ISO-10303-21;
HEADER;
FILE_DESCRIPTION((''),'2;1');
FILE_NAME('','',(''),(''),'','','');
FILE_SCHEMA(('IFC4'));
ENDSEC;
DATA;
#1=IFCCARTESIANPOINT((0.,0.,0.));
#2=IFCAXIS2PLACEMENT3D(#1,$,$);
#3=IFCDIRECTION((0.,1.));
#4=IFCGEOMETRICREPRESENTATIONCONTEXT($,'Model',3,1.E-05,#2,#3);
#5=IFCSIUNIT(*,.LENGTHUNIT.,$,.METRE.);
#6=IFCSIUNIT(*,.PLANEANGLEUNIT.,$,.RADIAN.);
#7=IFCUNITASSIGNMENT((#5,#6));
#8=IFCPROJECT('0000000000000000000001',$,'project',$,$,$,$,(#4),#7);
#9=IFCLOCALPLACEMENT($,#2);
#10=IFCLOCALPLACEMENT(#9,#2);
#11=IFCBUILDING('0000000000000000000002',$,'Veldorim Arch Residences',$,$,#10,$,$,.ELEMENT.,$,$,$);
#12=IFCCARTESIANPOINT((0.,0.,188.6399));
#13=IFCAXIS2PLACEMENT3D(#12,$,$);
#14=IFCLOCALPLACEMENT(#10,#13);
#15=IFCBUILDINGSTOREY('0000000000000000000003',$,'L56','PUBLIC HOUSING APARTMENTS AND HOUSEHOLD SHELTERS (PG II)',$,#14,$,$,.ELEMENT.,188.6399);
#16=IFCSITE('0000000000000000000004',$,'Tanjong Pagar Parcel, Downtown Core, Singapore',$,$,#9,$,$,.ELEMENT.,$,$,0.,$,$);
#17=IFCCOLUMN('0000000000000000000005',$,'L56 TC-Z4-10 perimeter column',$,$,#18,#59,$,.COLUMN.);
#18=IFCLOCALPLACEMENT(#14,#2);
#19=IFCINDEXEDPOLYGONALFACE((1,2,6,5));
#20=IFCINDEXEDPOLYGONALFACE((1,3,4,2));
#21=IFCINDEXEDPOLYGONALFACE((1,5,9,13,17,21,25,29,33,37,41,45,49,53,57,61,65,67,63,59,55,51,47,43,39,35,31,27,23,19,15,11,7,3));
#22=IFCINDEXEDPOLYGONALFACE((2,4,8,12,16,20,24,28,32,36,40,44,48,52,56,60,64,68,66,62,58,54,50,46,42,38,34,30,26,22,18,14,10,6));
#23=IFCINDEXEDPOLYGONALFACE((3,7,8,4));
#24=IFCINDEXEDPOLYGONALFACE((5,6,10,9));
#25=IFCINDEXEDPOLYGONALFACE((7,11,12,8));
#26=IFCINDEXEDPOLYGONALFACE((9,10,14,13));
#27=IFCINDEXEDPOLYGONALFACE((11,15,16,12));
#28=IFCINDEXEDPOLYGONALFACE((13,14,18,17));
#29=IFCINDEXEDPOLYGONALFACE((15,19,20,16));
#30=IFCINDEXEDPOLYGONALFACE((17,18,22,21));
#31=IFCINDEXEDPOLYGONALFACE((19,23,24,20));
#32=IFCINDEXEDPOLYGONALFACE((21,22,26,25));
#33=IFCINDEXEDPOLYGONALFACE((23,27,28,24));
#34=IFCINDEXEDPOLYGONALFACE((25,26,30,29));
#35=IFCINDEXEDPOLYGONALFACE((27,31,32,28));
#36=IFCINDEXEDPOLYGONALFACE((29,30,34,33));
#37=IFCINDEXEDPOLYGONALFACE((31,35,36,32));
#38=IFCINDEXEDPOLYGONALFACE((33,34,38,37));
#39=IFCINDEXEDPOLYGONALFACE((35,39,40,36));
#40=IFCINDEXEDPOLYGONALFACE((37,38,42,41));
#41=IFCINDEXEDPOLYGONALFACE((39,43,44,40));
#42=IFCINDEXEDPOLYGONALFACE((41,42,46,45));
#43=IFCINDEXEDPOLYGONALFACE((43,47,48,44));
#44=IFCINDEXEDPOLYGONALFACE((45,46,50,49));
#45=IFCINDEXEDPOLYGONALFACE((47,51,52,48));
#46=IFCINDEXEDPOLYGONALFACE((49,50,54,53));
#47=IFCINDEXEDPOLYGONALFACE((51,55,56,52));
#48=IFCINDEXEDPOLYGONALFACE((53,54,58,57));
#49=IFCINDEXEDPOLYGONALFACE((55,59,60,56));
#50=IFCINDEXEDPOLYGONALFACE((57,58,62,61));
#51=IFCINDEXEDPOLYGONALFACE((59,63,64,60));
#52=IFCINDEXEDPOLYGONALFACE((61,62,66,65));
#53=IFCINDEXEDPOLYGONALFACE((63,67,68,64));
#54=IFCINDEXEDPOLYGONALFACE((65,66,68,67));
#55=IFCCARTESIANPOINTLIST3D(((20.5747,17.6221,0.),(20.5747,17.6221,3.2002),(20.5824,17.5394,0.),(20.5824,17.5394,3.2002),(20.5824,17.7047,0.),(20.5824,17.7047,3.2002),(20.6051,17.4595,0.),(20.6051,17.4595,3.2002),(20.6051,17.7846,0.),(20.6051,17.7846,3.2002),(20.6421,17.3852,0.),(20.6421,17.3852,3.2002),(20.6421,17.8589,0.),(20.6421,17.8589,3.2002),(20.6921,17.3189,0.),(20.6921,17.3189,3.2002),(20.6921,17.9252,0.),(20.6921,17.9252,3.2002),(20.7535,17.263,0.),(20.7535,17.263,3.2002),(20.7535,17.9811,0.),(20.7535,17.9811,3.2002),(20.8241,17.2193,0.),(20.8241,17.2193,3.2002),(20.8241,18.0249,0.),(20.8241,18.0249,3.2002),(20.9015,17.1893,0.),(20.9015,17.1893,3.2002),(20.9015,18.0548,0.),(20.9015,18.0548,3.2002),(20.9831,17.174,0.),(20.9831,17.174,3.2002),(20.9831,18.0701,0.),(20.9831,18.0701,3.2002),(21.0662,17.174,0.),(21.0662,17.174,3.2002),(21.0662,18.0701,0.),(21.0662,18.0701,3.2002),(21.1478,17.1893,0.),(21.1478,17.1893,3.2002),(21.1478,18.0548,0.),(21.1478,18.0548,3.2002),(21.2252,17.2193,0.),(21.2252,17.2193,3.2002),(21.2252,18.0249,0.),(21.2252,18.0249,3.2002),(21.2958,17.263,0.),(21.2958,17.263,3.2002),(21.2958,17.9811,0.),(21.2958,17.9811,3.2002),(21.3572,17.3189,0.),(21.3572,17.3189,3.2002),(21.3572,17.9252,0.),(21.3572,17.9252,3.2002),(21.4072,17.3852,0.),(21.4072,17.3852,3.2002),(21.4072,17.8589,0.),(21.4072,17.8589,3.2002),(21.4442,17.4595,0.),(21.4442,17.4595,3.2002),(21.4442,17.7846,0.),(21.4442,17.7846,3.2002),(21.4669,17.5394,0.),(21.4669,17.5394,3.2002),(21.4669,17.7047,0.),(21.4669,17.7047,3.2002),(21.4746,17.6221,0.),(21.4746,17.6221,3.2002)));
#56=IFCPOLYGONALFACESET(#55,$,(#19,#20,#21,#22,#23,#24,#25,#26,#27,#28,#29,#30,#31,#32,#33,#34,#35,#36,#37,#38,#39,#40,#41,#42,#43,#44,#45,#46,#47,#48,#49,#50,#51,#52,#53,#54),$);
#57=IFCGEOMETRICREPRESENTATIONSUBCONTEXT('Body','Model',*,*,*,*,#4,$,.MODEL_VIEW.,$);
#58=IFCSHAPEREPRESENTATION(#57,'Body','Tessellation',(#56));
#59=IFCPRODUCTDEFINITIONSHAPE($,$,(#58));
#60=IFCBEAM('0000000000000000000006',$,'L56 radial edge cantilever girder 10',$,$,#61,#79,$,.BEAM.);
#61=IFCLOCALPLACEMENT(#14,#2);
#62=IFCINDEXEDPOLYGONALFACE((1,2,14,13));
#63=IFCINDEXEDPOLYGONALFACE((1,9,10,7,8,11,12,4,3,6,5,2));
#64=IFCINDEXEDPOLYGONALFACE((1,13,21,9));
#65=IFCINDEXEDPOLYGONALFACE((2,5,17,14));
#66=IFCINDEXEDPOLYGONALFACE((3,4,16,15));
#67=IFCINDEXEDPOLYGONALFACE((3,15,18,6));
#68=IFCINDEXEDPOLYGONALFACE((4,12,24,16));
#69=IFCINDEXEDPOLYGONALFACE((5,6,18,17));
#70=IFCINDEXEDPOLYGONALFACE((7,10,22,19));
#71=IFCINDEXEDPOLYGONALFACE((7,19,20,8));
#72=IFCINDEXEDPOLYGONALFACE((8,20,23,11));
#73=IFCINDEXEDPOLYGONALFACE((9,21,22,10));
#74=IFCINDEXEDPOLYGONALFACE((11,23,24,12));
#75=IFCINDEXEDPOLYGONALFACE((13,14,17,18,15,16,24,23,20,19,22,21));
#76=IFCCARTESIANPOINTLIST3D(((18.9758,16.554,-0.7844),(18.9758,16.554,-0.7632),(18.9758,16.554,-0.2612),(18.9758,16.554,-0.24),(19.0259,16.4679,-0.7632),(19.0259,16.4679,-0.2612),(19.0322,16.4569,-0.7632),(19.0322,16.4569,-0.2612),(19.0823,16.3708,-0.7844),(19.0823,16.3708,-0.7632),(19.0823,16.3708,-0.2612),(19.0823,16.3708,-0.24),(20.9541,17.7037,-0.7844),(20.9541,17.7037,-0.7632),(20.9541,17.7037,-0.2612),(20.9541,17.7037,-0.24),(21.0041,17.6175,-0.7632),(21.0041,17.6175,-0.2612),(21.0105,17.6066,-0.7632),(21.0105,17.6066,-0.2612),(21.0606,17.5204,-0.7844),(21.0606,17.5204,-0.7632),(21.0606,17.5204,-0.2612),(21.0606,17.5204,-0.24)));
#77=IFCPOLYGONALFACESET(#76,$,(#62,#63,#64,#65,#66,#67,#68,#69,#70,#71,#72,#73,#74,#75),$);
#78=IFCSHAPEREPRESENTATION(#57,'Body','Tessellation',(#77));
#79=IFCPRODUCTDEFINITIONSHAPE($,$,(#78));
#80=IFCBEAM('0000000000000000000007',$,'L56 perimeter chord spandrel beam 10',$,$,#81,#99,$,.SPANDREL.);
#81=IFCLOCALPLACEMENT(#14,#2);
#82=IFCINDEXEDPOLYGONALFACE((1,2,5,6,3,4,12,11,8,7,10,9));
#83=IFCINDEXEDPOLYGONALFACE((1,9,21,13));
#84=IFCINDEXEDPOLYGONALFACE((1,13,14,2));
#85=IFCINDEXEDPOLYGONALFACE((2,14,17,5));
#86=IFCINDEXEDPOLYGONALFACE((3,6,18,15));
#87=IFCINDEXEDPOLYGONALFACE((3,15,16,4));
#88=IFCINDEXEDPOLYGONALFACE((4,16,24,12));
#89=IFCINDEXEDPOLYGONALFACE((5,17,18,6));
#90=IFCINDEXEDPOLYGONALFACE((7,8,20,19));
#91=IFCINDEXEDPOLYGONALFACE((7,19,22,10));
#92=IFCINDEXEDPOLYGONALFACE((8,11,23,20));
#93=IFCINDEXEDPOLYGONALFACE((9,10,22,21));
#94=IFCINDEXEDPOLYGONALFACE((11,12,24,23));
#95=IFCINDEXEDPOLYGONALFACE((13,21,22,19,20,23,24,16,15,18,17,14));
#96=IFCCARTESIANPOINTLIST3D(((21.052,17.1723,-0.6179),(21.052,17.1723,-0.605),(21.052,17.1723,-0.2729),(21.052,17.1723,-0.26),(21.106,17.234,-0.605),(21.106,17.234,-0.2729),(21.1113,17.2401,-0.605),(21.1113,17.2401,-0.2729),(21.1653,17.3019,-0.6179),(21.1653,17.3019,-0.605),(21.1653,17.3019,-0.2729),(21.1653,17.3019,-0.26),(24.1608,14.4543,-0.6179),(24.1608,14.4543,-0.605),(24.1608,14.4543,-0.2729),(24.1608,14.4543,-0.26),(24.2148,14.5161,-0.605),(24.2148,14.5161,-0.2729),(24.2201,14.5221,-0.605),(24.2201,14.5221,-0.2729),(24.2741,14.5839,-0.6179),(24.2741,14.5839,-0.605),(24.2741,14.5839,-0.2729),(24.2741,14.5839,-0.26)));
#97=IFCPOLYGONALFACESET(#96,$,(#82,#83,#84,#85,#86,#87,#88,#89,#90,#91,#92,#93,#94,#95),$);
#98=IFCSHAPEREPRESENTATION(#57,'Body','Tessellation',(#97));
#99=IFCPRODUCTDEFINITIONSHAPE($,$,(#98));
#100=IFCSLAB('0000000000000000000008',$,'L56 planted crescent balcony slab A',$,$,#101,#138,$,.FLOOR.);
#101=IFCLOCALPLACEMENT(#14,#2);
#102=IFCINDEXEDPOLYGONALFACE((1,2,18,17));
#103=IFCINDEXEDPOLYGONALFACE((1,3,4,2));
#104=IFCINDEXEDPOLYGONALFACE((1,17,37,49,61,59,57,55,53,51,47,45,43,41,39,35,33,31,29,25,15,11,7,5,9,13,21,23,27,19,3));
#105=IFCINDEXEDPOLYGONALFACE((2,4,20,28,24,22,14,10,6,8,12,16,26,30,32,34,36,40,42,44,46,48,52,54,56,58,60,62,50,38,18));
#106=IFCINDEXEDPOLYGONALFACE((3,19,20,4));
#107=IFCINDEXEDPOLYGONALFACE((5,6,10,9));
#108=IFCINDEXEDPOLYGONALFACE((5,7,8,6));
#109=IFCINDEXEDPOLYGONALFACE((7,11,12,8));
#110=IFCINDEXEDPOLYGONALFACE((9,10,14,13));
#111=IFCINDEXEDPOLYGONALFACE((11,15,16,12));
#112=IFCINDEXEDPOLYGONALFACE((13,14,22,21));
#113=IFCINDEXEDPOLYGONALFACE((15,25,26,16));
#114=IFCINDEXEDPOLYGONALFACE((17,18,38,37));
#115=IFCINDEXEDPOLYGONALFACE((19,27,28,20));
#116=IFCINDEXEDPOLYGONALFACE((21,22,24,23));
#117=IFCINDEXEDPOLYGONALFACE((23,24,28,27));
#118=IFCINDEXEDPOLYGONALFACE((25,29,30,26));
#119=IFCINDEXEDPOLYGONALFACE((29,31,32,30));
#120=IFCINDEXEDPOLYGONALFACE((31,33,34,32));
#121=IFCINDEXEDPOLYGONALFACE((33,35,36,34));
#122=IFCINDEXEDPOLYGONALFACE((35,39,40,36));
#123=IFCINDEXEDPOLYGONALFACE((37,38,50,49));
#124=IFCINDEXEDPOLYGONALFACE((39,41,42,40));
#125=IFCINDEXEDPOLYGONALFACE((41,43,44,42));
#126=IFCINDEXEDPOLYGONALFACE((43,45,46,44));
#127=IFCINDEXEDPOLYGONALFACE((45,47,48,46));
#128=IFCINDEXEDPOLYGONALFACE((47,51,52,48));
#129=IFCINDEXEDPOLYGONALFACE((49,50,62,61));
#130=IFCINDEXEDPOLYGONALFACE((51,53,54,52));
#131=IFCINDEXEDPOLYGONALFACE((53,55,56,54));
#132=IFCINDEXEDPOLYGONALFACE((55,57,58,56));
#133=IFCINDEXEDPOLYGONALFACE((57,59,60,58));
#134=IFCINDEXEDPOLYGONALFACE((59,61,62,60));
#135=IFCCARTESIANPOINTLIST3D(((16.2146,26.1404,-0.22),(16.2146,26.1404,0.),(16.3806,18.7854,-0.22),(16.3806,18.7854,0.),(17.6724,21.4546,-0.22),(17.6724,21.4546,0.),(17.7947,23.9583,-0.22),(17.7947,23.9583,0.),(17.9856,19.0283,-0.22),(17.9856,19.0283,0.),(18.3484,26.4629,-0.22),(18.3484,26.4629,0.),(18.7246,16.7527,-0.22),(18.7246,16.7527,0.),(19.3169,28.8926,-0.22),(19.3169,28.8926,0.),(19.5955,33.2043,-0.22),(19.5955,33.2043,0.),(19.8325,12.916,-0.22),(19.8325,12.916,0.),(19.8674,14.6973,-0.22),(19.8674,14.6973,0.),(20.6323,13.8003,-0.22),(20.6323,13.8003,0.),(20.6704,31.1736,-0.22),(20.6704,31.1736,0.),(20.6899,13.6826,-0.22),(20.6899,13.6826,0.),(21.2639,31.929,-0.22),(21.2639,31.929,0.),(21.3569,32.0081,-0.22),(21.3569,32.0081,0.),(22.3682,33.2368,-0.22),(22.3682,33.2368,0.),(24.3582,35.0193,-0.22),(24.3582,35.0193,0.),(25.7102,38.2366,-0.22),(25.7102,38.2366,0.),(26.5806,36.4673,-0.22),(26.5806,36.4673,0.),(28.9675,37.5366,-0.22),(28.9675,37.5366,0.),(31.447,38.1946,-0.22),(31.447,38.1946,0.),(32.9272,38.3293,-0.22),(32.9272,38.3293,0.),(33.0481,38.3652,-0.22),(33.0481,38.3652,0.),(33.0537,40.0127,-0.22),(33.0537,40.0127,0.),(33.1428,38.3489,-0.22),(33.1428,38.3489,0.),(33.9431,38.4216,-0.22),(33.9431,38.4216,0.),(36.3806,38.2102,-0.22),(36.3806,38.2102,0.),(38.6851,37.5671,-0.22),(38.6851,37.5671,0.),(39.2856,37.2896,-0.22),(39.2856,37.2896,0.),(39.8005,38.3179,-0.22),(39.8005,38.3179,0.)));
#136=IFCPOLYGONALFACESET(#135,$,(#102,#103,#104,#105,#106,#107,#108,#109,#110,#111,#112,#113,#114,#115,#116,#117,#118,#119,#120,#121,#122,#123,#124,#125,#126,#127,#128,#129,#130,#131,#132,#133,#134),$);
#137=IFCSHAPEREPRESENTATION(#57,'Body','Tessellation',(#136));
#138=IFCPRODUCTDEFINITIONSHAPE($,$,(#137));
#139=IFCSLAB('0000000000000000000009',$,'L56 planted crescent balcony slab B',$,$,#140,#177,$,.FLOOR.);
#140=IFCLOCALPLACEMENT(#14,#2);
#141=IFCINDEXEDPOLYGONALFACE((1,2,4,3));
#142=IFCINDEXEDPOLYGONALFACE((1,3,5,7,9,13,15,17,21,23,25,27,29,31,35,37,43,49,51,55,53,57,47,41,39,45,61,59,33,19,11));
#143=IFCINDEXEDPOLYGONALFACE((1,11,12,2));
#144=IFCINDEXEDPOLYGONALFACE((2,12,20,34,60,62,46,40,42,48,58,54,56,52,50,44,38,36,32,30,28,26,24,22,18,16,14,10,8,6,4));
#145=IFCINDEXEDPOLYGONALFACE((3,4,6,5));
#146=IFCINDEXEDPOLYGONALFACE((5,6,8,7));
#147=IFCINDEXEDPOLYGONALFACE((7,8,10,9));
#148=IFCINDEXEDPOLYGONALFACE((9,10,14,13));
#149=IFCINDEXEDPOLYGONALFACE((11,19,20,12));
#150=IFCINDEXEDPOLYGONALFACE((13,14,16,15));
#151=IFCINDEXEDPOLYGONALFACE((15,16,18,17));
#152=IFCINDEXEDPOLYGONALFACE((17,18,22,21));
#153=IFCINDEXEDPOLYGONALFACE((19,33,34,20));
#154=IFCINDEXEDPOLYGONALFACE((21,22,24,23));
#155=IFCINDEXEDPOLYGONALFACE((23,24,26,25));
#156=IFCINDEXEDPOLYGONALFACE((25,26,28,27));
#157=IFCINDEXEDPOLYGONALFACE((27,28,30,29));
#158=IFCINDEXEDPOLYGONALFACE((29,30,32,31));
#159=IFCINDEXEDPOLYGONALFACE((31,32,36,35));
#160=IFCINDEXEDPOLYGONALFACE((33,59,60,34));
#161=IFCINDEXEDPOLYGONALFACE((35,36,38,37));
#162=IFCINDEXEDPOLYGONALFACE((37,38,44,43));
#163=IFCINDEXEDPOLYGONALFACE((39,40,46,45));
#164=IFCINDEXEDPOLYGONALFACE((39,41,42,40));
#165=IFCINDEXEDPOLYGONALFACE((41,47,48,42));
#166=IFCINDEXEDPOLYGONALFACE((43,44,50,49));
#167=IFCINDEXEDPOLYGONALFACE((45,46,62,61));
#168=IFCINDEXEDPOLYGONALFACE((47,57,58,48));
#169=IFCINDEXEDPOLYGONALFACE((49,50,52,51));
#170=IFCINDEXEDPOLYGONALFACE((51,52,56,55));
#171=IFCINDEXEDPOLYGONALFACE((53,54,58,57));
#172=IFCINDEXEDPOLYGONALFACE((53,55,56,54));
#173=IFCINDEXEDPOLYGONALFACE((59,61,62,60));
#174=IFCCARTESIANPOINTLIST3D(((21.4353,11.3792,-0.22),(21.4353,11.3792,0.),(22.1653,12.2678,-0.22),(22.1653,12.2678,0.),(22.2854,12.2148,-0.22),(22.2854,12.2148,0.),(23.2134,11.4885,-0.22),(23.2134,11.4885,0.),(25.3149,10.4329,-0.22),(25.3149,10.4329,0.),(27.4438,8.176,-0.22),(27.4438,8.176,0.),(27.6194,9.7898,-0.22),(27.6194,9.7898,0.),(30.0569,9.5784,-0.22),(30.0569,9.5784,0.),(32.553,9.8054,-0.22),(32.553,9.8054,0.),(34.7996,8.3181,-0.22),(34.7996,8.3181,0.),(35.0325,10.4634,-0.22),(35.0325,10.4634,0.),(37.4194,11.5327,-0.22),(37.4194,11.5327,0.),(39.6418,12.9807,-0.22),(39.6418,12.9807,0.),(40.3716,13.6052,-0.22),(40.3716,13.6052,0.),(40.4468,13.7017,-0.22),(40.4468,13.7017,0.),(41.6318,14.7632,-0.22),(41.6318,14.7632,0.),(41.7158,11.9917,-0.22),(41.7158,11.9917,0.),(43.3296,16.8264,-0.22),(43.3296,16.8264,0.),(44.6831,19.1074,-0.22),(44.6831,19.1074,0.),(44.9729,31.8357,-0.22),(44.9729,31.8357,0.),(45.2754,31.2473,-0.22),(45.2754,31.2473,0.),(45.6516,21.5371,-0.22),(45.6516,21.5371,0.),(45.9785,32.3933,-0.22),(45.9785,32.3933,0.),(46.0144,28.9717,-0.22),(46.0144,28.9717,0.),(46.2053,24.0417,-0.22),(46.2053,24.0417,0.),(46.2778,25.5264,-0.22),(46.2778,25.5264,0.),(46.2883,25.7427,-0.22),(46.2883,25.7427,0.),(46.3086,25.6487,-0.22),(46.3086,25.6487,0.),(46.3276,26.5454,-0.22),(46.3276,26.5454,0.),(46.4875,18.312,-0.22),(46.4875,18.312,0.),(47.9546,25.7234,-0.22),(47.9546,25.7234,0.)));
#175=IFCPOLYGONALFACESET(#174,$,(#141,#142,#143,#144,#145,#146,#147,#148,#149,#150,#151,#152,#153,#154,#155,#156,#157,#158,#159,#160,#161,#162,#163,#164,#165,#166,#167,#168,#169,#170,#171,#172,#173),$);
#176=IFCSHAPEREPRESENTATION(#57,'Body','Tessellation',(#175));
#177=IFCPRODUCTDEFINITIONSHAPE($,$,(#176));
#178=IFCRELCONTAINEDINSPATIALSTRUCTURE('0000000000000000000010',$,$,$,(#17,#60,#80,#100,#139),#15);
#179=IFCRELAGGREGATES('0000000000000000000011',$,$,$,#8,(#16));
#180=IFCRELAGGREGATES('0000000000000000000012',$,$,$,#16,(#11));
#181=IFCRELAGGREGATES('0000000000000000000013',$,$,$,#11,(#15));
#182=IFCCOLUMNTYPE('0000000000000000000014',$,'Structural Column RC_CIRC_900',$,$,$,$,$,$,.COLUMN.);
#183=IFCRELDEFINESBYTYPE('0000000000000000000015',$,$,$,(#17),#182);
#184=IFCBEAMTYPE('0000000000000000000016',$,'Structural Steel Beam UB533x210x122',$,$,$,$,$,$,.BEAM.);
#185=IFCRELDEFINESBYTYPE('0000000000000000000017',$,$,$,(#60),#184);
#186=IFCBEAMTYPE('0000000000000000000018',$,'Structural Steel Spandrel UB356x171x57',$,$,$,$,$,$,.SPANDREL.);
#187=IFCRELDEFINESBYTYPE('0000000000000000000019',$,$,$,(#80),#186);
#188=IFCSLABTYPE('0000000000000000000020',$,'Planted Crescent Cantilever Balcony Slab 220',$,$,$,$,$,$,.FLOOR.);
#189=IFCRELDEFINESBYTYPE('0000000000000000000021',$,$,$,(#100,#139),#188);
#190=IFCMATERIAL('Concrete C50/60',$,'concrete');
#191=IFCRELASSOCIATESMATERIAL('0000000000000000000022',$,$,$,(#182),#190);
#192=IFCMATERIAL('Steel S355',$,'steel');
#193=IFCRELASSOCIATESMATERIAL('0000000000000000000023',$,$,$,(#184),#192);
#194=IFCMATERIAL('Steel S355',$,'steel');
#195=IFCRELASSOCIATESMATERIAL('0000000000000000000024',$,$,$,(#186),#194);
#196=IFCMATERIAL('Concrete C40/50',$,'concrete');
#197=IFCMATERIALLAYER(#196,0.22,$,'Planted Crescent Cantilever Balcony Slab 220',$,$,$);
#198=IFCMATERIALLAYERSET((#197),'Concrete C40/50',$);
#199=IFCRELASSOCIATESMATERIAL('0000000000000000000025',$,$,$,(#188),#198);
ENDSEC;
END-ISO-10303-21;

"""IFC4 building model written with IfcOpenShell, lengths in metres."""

from ifc_helpers import new_model, si_unit, direction, frame, origin, origin_2d, place, context, subcontext, project, spatial, polyline, circle, i_section, outline, extrude, material, layer, layer_set, material_profile, profile_set, type_object, element, save


model = new_model("IFC4")

# Units and contexts
model_context = context("Model", 3, precision=1e-05, world=origin(), true_north=direction((0.0, 1.0)))
body_context = subcontext(model_context, "Body", "Model", "MODEL_VIEW")
ifc_project = project(units=[si_unit("LENGTHUNIT", "METRE"), si_unit("PLANEANGLEUNIT", "RADIAN")], contexts=[model_context])

# Site, building, storey
site_placement = place(None, origin())
site = spatial("IfcSite", under=ifc_project, at=site_placement, Name="Tanjong Pagar Parcel, Downtown Core, Singapore", CompositionType="ELEMENT", RefElevation=0.0)
building_placement = place(site_placement, origin())
building = spatial("IfcBuilding", under=site, at=building_placement, Name="Veldorim Arch Residences", CompositionType="ELEMENT")
storey_placement = place(building_placement, frame((0.0, 0.0, 188.6399)))
storey = spatial("IfcBuildingStorey", under=building, at=storey_placement, Name="L56", Description="PUBLIC HOUSING APARTMENTS AND HOUSEHOLD SHELTERS (PG II)", CompositionType="ELEMENT", Elevation=188.6399)

# Column
ifc_material_1 = material(Name="Concrete C50/60", Category="concrete")
ifc_material_profile_1 = material_profile(ifc_material_1, circle(Radius=0.45, at=origin_2d()), Name="RC_CIRC_900")
ifc_profile_set_1 = profile_set([ifc_material_profile_1], Name="Concrete C50/60")
column_type = type_object("IfcColumnType", Name="Structural Column RC_CIRC_900", PredefinedType="COLUMN", material=ifc_profile_set_1)
column_placement = place(storey_placement, frame((21.0247, 17.6221, 0.0), z_axis=(0.0, 0.0, 1.0), x_axis=(1.0, 0.0, 0.0)))
element("IfcColumn", 1, at=column_placement, inside=storey, type_object=column_type, Name="L56 TC-Z4-10 perimeter column", PredefinedType="COLUMN", context=body_context, shape_type="SweptSolid", body=[
    extrude(circle(Radius=0.45, at=origin_2d()), origin(), (0.0, 0.0, 1.0), 3.2002),
])

# Beams
ifc_material_2 = material(Name="Steel S355", Category="steel")
ifc_material_profile_2 = material_profile(ifc_material_2, i_section(OverallWidth=0.2119, OverallDepth=0.5444, WebThickness=0.0127, FlangeThickness=0.0212, at=origin_2d()), Name="UB533x210x122")
ifc_profile_set_2 = profile_set([ifc_material_profile_2], Name="Steel S355")
beam_type_1 = type_object("IfcBeamType", Name="Structural Steel Beam UB533x210x122", PredefinedType="BEAM", material=ifc_profile_set_2)
beam_1_placement = place(storey_placement, frame((21.0073, 17.6121, -0.5122), z_axis=(-0.864602, -0.502457, 0.0), x_axis=(0.502457, -0.864602, 0.0)))
element("IfcBeam", 2, at=beam_1_placement, inside=storey, type_object=beam_type_1, Name="L56 radial edge cantilever girder 10", PredefinedType="BEAM", context=body_context, shape_type="SweptSolid", body=[
    extrude(i_section(OverallWidth=0.2119, OverallDepth=0.5444, WebThickness=0.0127, FlangeThickness=0.0212, at=origin_2d()), origin(), (0.0, 0.0, 1.0), 2.2881),
])
ifc_material_3 = material(Name="Steel S355", Category="steel")
ifc_material_profile_3 = material_profile(ifc_material_3, i_section(OverallWidth=0.1721, OverallDepth=0.3579, WebThickness=0.0081, FlangeThickness=0.0129, at=origin_2d()), Name="UB356x171x57")
ifc_profile_set_3 = profile_set([ifc_material_profile_3], Name="Steel S355")
beam_type_2 = type_object("IfcBeamType", Name="Structural Steel Spandrel UB356x171x57", PredefinedType="SPANDREL", material=ifc_profile_set_3)
beam_2_placement = place(storey_placement, frame((21.1086, 17.2371, -0.439), z_axis=(0.752848, -0.658195, 0.0), x_axis=(0.658195, 0.752848, 0.0)))
element("IfcBeam", 3, at=beam_2_placement, inside=storey, type_object=beam_type_2, Name="L56 perimeter chord spandrel beam 10", PredefinedType="SPANDREL", context=body_context, shape_type="SweptSolid", body=[
    extrude(i_section(OverallWidth=0.1721, OverallDepth=0.3579, WebThickness=0.0081, FlangeThickness=0.0129, at=origin_2d()), origin(), (0.0, 0.0, 1.0), 4.1294),
])

# Slabs
ifc_material_4 = material(Name="Concrete C40/50", Category="concrete")
ifc_layer_1 = layer(ifc_material_4, 0.22, Name="Planted Crescent Cantilever Balcony Slab 220")
ifc_layer_set_1 = layer_set([ifc_layer_1], Name="Concrete C40/50")
slab_type_1 = type_object("IfcSlabType", Name="Planted Crescent Cantilever Balcony Slab 220", PredefinedType="FLOOR", material=ifc_layer_set_1)
slab_1_placement = place(storey_placement, frame((0.0, 0.0, -0.22)))
element("IfcSlab", 4, at=slab_1_placement, inside=storey, type_object=slab_type_1, Name="L56 planted crescent balcony slab A", PredefinedType="FLOOR", context=body_context, shape_type="SweptSolid", body=[
    extrude(outline(polyline([(39.2856, 37.2896), (38.6851, 37.5671), (36.3806, 38.2102), (33.9431, 38.4216), (33.1428, 38.3489), (33.0481, 38.3652), (32.9272, 38.3293), (31.447, 38.1946), (28.9675, 37.5366), (26.5806, 36.4673), (24.3582, 35.0193), (22.3682, 33.2368), (21.3569, 32.0081), (21.2639, 31.929), (20.6704, 31.1736), (19.3169, 28.8926), (18.3484, 26.4629), (17.7947, 23.9583), (17.6724, 21.4546), (17.9856, 19.0283), (18.7246, 16.7527), (19.8674, 14.6973), (20.6323, 13.8003), (20.6899, 13.6826), (19.8325, 12.916), (16.3806, 18.7854), (16.2146, 26.1404), (19.5955, 33.2043), (25.7102, 38.2366), (33.0537, 40.0127), (39.8005, 38.3179), (39.2856, 37.2896)])), origin(), (0.0, 0.0, 1.0), 0.22),
])
slab_2_placement = place(storey_placement, frame((0.0, 0.0, -0.22)))
element("IfcSlab", 5, at=slab_2_placement, inside=storey, type_object=slab_type_1, Name="L56 planted crescent balcony slab B", PredefinedType="FLOOR", context=body_context, shape_type="SweptSolid", body=[
    extrude(outline(polyline([(22.2854, 12.2148), (23.2134, 11.4885), (25.3149, 10.4329), (27.6194, 9.7898), (30.0569, 9.5784), (32.553, 9.8054), (35.0325, 10.4634), (37.4194, 11.5327), (39.6418, 12.9807), (40.3716, 13.6052), (40.4468, 13.7017), (41.6318, 14.7632), (43.3296, 16.8264), (44.6831, 19.1074), (45.6516, 21.5371), (46.2053, 24.0417), (46.2778, 25.5264), (46.3086, 25.6487), (46.2883, 25.7427), (46.3276, 26.5454), (46.0144, 28.9717), (45.2754, 31.2473), (44.9729, 31.8357), (45.9785, 32.3933), (47.9546, 25.7234), (46.4875, 18.312), (41.7158, 11.9917), (34.7996, 8.3181), (27.4438, 8.176), (21.4353, 11.3792), (22.1653, 12.2678), (22.2854, 12.2148)])), origin(), (0.0, 0.0, 1.0), 0.22),
])

save(model, "model.ifc")
